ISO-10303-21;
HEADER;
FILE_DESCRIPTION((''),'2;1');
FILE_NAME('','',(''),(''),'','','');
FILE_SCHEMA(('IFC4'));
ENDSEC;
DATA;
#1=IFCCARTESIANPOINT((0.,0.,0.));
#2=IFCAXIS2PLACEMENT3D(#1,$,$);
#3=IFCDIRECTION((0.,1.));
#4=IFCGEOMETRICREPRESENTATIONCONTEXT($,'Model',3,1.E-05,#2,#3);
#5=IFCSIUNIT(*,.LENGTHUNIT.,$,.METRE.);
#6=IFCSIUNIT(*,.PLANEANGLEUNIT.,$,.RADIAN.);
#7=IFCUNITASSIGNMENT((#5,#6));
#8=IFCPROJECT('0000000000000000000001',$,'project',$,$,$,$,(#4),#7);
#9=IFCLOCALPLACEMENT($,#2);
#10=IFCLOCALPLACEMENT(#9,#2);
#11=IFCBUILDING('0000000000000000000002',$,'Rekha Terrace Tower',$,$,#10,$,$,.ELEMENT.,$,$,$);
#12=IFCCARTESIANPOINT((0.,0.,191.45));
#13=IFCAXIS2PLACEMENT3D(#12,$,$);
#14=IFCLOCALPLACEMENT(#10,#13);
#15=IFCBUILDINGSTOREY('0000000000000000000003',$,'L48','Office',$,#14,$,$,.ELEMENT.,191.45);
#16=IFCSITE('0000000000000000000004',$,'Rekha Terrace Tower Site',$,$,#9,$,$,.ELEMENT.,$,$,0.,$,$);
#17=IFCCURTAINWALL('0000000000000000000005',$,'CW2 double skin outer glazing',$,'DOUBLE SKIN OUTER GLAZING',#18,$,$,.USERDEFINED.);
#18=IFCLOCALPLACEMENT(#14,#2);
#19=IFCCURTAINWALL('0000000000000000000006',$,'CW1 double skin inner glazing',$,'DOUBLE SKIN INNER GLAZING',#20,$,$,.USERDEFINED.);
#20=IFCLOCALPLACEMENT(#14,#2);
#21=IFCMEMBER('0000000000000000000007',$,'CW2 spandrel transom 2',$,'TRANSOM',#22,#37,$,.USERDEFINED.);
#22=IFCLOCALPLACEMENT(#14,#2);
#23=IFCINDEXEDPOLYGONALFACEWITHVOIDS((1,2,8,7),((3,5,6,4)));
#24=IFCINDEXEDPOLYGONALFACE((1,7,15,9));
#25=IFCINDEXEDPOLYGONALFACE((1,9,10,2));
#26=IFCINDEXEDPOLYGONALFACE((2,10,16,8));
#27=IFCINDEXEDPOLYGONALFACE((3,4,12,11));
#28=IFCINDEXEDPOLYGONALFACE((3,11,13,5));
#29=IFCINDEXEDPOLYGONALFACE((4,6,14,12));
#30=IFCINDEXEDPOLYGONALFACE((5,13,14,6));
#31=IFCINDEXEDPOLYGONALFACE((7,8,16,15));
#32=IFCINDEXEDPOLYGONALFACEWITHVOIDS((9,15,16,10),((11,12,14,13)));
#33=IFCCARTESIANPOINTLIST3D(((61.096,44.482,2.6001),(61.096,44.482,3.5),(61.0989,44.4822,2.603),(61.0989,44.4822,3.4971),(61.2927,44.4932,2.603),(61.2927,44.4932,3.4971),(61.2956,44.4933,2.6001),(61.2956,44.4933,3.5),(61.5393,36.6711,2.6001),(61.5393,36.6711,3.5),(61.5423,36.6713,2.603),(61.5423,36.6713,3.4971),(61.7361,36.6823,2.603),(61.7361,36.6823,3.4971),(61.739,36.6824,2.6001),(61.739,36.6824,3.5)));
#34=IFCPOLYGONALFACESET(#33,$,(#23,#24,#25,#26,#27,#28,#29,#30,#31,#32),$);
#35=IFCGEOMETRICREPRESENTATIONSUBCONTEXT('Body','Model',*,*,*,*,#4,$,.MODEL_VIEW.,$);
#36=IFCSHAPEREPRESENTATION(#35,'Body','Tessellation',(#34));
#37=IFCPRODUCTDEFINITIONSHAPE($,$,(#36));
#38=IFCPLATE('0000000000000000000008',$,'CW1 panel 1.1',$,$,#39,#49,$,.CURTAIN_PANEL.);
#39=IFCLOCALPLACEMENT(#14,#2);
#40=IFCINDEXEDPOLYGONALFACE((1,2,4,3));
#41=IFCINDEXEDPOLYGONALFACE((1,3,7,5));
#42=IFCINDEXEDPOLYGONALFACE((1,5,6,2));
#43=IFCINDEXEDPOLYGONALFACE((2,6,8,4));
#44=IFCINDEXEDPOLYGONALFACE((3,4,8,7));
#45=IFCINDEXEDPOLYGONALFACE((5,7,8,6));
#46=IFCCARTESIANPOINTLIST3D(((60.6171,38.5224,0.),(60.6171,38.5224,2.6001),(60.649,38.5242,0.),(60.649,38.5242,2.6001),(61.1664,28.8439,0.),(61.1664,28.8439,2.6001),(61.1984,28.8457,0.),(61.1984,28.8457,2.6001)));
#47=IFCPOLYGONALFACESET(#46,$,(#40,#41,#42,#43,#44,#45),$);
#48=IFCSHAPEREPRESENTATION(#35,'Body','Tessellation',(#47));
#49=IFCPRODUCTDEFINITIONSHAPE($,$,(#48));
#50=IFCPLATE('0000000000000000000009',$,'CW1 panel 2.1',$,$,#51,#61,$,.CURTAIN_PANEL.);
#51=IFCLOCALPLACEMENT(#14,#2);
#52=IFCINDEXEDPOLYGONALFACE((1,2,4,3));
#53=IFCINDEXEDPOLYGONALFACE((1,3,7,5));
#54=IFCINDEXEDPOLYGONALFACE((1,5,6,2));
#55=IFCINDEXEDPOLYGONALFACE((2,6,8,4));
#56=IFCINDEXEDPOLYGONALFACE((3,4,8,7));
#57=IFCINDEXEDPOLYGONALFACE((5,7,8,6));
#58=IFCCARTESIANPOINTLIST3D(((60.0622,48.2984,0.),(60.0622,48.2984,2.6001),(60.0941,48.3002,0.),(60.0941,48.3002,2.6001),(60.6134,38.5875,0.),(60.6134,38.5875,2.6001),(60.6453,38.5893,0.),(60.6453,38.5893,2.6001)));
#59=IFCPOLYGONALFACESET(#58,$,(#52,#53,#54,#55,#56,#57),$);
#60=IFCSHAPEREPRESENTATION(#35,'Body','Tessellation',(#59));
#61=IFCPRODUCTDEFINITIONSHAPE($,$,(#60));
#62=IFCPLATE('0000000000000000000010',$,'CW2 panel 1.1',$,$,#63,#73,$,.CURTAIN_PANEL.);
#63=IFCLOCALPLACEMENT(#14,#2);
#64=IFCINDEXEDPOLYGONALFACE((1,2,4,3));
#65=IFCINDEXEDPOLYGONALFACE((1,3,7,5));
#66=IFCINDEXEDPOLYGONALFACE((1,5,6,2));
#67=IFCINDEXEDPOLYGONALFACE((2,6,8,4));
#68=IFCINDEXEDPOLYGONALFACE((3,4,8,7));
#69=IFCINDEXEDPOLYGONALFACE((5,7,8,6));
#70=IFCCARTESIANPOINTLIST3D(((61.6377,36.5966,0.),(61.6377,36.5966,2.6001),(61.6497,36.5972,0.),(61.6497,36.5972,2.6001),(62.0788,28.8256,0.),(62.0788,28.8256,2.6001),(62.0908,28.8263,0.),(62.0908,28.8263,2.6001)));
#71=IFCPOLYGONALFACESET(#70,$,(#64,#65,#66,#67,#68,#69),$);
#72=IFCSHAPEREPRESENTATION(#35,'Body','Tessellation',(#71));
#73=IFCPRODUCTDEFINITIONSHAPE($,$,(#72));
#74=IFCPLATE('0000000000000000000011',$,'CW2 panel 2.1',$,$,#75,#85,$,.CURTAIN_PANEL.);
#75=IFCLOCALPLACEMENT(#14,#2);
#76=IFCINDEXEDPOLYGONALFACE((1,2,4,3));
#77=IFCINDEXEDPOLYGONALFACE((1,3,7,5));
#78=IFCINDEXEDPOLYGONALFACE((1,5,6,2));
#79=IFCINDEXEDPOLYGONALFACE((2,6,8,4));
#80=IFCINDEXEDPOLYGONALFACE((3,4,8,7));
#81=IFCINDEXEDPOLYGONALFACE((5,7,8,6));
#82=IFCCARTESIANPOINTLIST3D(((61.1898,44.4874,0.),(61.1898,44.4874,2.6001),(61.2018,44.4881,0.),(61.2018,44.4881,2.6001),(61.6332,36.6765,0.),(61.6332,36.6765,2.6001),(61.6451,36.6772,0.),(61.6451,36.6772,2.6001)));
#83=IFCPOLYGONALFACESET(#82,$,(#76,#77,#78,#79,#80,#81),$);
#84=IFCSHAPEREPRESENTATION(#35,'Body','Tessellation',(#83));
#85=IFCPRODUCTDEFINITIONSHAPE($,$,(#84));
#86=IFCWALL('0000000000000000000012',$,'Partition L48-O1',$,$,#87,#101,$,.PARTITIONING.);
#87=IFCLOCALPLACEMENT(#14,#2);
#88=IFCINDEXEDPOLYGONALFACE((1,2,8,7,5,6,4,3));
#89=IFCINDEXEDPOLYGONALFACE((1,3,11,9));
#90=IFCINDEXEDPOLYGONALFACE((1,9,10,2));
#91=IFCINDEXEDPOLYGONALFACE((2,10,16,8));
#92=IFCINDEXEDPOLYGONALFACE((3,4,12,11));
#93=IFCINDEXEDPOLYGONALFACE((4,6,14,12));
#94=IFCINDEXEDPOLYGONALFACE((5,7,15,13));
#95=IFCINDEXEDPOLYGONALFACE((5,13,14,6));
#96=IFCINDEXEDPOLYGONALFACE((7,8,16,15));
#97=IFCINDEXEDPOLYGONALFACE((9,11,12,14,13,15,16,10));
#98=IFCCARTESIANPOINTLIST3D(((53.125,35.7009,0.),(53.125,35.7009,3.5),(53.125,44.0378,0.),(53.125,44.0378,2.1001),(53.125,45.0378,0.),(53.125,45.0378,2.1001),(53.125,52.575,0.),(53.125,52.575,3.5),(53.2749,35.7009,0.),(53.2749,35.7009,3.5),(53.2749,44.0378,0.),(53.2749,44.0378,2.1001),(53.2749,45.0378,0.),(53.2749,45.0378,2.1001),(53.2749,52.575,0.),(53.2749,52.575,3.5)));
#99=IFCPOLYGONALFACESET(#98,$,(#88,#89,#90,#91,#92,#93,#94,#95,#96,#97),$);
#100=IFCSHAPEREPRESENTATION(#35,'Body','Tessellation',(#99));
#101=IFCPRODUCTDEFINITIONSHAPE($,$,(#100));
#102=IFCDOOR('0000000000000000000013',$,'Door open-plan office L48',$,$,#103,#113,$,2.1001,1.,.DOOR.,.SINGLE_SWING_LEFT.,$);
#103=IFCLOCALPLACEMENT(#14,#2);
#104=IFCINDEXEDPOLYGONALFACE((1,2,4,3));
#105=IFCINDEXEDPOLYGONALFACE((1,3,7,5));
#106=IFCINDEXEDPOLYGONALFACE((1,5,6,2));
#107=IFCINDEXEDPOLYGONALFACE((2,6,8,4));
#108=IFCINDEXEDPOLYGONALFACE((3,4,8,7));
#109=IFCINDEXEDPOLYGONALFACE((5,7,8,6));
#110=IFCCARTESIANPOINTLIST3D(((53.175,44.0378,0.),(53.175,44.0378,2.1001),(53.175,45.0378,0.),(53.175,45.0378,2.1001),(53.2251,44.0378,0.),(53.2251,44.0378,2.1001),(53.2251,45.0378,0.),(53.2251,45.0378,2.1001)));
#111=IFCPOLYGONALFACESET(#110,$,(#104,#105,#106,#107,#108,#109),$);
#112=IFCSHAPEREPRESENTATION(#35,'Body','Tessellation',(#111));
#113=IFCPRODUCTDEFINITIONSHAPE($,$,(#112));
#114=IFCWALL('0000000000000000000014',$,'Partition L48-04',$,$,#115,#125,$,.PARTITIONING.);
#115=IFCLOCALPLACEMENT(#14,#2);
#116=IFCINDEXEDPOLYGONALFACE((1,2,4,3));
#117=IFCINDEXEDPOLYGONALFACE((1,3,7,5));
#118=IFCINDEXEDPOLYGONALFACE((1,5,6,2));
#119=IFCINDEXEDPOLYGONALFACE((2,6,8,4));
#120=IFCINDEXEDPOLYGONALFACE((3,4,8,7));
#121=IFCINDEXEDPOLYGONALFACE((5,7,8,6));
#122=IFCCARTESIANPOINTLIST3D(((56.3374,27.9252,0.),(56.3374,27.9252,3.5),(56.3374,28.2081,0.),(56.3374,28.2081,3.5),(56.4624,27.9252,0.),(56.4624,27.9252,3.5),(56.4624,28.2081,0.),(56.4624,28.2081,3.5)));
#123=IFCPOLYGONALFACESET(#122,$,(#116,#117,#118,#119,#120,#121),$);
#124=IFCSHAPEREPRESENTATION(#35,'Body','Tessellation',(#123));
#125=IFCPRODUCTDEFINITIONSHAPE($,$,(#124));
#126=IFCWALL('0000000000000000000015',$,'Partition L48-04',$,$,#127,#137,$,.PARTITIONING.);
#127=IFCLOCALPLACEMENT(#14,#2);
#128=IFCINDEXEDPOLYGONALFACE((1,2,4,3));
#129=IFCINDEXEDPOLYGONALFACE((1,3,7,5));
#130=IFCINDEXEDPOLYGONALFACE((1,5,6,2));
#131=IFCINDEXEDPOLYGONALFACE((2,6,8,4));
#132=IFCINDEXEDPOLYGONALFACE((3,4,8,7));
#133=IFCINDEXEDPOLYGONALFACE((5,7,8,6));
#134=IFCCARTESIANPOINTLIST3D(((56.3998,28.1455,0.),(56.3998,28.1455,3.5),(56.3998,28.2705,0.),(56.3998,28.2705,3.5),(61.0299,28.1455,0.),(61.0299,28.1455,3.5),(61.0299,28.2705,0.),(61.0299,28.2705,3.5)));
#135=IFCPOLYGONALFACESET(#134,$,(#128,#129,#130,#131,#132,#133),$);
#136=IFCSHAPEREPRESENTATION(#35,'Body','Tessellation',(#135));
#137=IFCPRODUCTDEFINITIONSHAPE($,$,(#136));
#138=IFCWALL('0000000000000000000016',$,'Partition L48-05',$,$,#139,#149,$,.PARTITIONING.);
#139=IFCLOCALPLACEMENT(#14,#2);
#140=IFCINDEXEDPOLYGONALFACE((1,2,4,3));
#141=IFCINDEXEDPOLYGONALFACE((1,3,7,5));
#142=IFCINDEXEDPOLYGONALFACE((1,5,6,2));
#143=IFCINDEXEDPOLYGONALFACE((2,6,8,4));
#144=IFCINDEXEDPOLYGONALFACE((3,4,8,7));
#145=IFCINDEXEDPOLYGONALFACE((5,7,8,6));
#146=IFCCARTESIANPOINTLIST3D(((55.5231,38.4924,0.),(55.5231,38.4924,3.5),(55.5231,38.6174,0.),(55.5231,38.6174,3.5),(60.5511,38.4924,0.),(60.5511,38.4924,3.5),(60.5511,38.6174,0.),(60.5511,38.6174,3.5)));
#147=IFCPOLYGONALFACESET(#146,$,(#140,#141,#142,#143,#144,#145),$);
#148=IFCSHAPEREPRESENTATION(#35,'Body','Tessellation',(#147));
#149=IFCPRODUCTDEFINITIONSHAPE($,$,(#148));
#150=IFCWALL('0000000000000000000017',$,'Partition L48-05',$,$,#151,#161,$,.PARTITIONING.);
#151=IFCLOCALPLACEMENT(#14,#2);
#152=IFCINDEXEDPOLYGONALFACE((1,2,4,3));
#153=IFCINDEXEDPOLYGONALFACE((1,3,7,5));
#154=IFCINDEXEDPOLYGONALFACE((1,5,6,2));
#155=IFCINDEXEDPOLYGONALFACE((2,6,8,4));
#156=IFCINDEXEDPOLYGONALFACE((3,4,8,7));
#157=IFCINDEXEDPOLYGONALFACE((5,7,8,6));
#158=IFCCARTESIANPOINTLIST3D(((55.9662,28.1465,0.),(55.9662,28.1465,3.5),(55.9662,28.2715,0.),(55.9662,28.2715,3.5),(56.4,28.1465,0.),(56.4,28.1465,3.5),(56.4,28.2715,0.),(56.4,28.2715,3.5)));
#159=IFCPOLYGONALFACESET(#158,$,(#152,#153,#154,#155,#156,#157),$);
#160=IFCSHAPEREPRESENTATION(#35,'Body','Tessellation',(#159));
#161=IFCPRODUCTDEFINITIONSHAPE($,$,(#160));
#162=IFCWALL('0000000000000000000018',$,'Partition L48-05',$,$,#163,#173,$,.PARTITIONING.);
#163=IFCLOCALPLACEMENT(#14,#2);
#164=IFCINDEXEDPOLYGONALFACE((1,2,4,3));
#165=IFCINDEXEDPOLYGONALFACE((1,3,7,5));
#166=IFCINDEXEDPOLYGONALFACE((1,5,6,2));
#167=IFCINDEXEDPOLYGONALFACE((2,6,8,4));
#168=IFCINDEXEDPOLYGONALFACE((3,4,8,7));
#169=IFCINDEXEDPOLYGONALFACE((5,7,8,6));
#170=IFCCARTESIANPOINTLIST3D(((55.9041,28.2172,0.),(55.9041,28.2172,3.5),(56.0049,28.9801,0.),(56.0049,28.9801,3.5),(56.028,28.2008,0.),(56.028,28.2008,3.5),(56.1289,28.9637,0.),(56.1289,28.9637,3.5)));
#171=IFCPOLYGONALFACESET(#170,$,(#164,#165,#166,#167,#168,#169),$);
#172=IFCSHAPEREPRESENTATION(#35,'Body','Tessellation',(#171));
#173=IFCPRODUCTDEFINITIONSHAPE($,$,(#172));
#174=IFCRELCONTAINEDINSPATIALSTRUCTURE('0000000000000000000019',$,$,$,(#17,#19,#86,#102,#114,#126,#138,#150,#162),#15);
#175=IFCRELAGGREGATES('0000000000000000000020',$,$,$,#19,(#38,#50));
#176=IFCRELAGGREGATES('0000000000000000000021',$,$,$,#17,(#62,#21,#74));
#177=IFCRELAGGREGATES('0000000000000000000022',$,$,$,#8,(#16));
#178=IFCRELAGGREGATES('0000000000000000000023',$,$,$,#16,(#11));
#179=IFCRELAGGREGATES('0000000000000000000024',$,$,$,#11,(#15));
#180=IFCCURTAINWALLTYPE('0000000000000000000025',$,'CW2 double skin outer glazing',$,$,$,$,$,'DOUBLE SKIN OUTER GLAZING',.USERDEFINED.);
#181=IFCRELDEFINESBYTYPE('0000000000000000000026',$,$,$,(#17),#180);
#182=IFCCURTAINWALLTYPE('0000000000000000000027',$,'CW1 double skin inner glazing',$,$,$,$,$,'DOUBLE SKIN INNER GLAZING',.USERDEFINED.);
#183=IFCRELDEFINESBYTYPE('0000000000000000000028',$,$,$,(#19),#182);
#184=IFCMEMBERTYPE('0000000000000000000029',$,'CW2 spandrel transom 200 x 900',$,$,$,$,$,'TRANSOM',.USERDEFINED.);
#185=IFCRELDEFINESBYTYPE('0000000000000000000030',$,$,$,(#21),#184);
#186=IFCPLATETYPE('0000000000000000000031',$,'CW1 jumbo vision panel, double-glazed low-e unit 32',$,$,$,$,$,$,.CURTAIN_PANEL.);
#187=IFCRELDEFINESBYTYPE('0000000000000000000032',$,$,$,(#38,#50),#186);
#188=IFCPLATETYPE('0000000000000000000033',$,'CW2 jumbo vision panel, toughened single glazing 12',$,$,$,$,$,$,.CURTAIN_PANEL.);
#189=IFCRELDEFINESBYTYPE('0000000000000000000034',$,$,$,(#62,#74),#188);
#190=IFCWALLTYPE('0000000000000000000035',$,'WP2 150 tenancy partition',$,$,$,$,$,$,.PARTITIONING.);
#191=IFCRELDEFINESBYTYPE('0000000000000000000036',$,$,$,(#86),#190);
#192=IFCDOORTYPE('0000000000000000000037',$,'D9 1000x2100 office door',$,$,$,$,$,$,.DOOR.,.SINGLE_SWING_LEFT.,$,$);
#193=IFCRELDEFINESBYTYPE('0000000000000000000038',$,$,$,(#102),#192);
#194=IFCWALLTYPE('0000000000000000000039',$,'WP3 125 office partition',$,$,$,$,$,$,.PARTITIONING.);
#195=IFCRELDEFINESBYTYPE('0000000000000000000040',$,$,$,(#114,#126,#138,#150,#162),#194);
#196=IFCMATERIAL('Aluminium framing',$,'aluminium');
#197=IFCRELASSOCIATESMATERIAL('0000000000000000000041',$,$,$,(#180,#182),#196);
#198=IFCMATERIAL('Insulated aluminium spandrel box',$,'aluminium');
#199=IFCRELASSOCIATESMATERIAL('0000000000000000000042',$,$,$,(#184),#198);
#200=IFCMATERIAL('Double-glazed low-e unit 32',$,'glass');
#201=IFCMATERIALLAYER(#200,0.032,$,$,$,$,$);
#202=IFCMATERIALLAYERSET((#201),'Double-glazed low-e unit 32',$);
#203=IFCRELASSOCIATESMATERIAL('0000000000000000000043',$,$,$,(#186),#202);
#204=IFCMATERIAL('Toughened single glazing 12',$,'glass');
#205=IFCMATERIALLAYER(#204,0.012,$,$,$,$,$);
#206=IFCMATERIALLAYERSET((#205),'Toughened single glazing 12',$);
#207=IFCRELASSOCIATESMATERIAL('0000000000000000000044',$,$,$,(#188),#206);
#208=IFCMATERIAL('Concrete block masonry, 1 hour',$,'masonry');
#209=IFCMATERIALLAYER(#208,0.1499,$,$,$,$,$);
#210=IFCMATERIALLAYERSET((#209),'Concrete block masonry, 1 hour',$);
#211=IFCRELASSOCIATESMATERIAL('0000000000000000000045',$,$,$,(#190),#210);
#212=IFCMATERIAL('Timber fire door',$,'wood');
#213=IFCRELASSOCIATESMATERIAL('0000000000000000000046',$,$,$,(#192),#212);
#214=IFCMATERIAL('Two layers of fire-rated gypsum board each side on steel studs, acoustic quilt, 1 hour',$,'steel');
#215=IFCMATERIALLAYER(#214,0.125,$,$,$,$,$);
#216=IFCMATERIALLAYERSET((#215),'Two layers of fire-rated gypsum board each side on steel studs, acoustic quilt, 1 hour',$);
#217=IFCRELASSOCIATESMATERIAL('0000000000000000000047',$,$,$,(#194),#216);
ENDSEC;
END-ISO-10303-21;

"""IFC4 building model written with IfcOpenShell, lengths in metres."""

from ifc_helpers import new_model, si_unit, direction, frame, frame_2d, origin, origin_2d, place, context, subcontext, project, spatial, rectangle, hollow_rectangle, extrude, material, layer, layer_set, material_profile, profile_set, type_object, element, fill, aggregate, save


model = new_model("IFC4")

# Units and contexts
model_context = context("Model", 3, precision=1e-05, world=origin(), true_north=direction((0.0, 1.0)))
body_context = subcontext(model_context, "Body", "Model", "MODEL_VIEW")
ifc_project = project(units=[si_unit("LENGTHUNIT", "METRE"), si_unit("PLANEANGLEUNIT", "RADIAN")], contexts=[model_context])

# Site, building, storey
site_placement = place(None, origin())
site = spatial("IfcSite", under=ifc_project, at=site_placement, Name="Rekha Terrace Tower Site", CompositionType="ELEMENT", RefElevation=0.0)
building_placement = place(site_placement, origin())
building = spatial("IfcBuilding", under=site, at=building_placement, Name="Rekha Terrace Tower", CompositionType="ELEMENT")
storey_placement = place(building_placement, frame((0.0, 0.0, 191.45)))
storey = spatial("IfcBuildingStorey", under=building, at=storey_placement, Name="L48", Description="Office", CompositionType="ELEMENT", Elevation=191.45)

# Curtain wall
ifc_material_1 = material(Name="Aluminium framing", Category="aluminium")
curtain_wall_type_1 = type_object("IfcCurtainWallType", Name="CW2 double skin outer glazing", ElementType="DOUBLE SKIN OUTER GLAZING", PredefinedType="USERDEFINED", material=ifc_material_1)
curtain_wall_1_placement = place(storey_placement, origin())
curtain_wall_1 = element("IfcCurtainWall", 1, at=curtain_wall_1_placement, inside=storey, type_object=curtain_wall_type_1, Name="CW2 double skin outer glazing", ObjectType="DOUBLE SKIN OUTER GLAZING", PredefinedType="USERDEFINED")

# Curtain wall
curtain_wall_type_2 = type_object("IfcCurtainWallType", Name="CW1 double skin inner glazing", ElementType="DOUBLE SKIN INNER GLAZING", PredefinedType="USERDEFINED", material=ifc_material_1)
curtain_wall_2_placement = place(storey_placement, origin())
curtain_wall_2 = element("IfcCurtainWall", 2, at=curtain_wall_2_placement, inside=storey, type_object=curtain_wall_type_2, Name="CW1 double skin inner glazing", ObjectType="DOUBLE SKIN INNER GLAZING", PredefinedType="USERDEFINED")
ifc_material_2 = material(Name="Insulated aluminium spandrel box", Category="aluminium")

# Member
ifc_material_profile_1 = material_profile(ifc_material_2, hollow_rectangle(XDim=0.2, YDim=0.8999, WallThickness=0.0029, at=origin_2d()), Name="AL SPANDREL BOX 200x900")
ifc_profile_set_1 = profile_set([ifc_material_profile_1], Name="Insulated aluminium spandrel box")
member_type_1 = type_object("IfcMemberType", Name="CW2 spandrel transom 200 x 900", ElementType="TRANSOM", PredefinedType="USERDEFINED", material=ifc_profile_set_1)
member_1_placement = place(storey_placement, frame((61.6392, 36.6768, 3.05), z_axis=(-0.056669, 0.998393, 0.0), x_axis=(-0.998393, -0.056669, 0.0)))
member_1 = element("IfcMember", 3, at=member_1_placement, type_object=member_type_1, Name="CW2 spandrel transom 2", ObjectType="TRANSOM", PredefinedType="USERDEFINED", context=body_context, shape_type="SweptSolid", body=[
    extrude(hollow_rectangle(XDim=0.2, YDim=0.8999, WallThickness=0.0029, at=origin_2d()), origin(), (0.0, 0.0, 1.0), 7.8235),
])

# Plates
ifc_material_3 = material(Name="Double-glazed low-e unit 32", Category="glass")
ifc_layer_1 = layer(ifc_material_3, 0.032)
ifc_layer_set_1 = layer_set([ifc_layer_1], Name="Double-glazed low-e unit 32")
plate_type_1 = type_object("IfcPlateType", Name="CW1 jumbo vision panel, double-glazed low-e unit 32", PredefinedType="CURTAIN_PANEL", material=ifc_layer_set_1)
plate_1_placement = place(storey_placement, frame((60.9077, 33.6841, 0.0), z_axis=(0.0, 0.0, 1.0), x_axis=(-0.056673, 0.998393, 0.0)))
plate_1 = element("IfcPlate", 4, at=plate_1_placement, type_object=plate_type_1, Name="CW1 panel 1.1", PredefinedType="CURTAIN_PANEL", context=body_context, shape_type="SweptSolid", body=[
    extrude(rectangle(XDim=9.6941, YDim=0.032, at=origin_2d()), origin(), (0.0, 0.0, 1.0), 2.6001),
])
plate_2_placement = place(storey_placement, frame((60.3538, 43.4438, 0.0), z_axis=(0.0, 0.0, 1.0), x_axis=(-0.056673, 0.998393, 0.0)))
plate_2 = element("IfcPlate", 5, at=plate_2_placement, type_object=plate_type_1, Name="CW1 panel 2.1", PredefinedType="CURTAIN_PANEL", context=body_context, shape_type="SweptSolid", body=[
    extrude(rectangle(XDim=9.7266, YDim=0.032, at=origin_2d()), origin(), (0.0, 0.0, 1.0), 2.6001),
])
aggregate(curtain_wall_2, [plate_1, plate_2])
ifc_material_4 = material(Name="Toughened single glazing 12", Category="glass")
ifc_layer_2 = layer(ifc_material_4, 0.012)
ifc_layer_set_2 = layer_set([ifc_layer_2], Name="Toughened single glazing 12")
plate_type_2 = type_object("IfcPlateType", Name="CW2 jumbo vision panel, toughened single glazing 12", PredefinedType="CURTAIN_PANEL", material=ifc_layer_set_2)
plate_3_placement = place(storey_placement, frame((61.8643, 32.7114, 0.0), z_axis=(0.0, 0.0, 1.0), x_axis=(-0.056673, 0.998393, 0.0)))
plate_3 = element("IfcPlate", 6, at=plate_3_placement, type_object=plate_type_2, Name="CW2 panel 1.1", PredefinedType="CURTAIN_PANEL", context=body_context, shape_type="SweptSolid", body=[
    extrude(rectangle(XDim=7.7834, YDim=0.012, at=origin_2d()), origin(), (0.0, 0.0, 1.0), 2.6001),
])
plate_4_placement = place(storey_placement, frame((61.4175, 40.5823, 0.0), z_axis=(0.0, 0.0, 1.0), x_axis=(-0.056673, 0.998393, 0.0)))
plate_4 = element("IfcPlate", 7, at=plate_4_placement, type_object=plate_type_2, Name="CW2 panel 2.1", PredefinedType="CURTAIN_PANEL", context=body_context, shape_type="SweptSolid", body=[
    extrude(rectangle(XDim=7.8235, YDim=0.012, at=origin_2d()), origin(), (0.0, 0.0, 1.0), 2.6001),
])
aggregate(curtain_wall_1, [plate_3, member_1, plate_4])

# Wall, opening, door
ifc_material_5 = material(Name="Concrete block masonry, 1 hour", Category="masonry")
ifc_layer_3 = layer(ifc_material_5, 0.1499)
ifc_layer_set_3 = layer_set([ifc_layer_3], Name="Concrete block masonry, 1 hour")
wall_type_1 = type_object("IfcWallType", Name="WP2 150 tenancy partition", PredefinedType="PARTITIONING", material=ifc_layer_set_3)
wall_1_placement = place(storey_placement, frame((53.2, 35.7009, 0.0), z_axis=(0.0, 0.0, 1.0), x_axis=(0.0, 1.0, 0.0)))
wall_1 = element("IfcWall", 8, at=wall_1_placement, inside=storey, type_object=wall_type_1, Name="Partition L48-O1", PredefinedType="PARTITIONING", context=body_context, shape_type="SweptSolid", body=[
    extrude(rectangle(XDim=16.874, YDim=0.1499, at=frame_2d((8.437, 0.0))), origin(), (0.0, 0.0, 1.0), 3.5),
])
opening_1_placement = place(wall_1_placement, frame((8.3369, 0.0, 0.0)))
opening_1 = element("IfcOpeningElement", 9, at=opening_1_placement, cuts=wall_1, PredefinedType="OPENING", context=body_context, shape_type="SweptSolid", body=[
    extrude(rectangle(XDim=1.0, YDim=2.1001, at=frame_2d((0.5, 1.05))), frame((0.0, 0.085, 0.0), z_axis=(0.0, -1.0, 0.0), x_axis=(1.0, 0.0, 0.0)), (0.0, 0.0, 1.0), 0.1699),
])
ifc_material_6 = material(Name="Timber fire door", Category="wood")
door_type = type_object("IfcDoorType", Name="D9 1000x2100 office door", OperationType="SINGLE_SWING_LEFT", PredefinedType="DOOR", material=ifc_material_6)
door_1_placement = place(opening_1_placement, origin())
door_1 = element("IfcDoor", 10, at=door_1_placement, inside=storey, type_object=door_type, Name="Door open-plan office L48", OperationType="SINGLE_SWING_LEFT", OverallHeight=2.1001, OverallWidth=1.0, PredefinedType="DOOR", context=body_context, shape_type="SweptSolid", body=[
    extrude(rectangle(XDim=1.0, YDim=2.1001, at=frame_2d((0.5, 1.05))), frame((0.0, 0.0249, 0.0), z_axis=(0.0, -1.0, 0.0), x_axis=(1.0, 0.0, 0.0)), (0.0, 0.0, 1.0), 0.05),
])
fill(opening_1, door_1)

# Walls
ifc_material_7 = material(Name="Two layers of fire-rated gypsum board each side on steel studs, acoustic quilt, 1 hour", Category="steel")
ifc_layer_4 = layer(ifc_material_7, 0.125)
ifc_layer_set_4 = layer_set([ifc_layer_4], Name="Two layers of fire-rated gypsum board each side on steel studs, acoustic quilt, 1 hour")
wall_type_2 = type_object("IfcWallType", Name="WP3 125 office partition", PredefinedType="PARTITIONING", material=ifc_layer_set_4)
wall_2_placement = place(storey_placement, frame((56.3999, 27.925, 0.0), z_axis=(0.0, 0.0, 1.0), x_axis=(0.0, 1.0, 0.0)))
element("IfcWall", 11, at=wall_2_placement, inside=storey, type_object=wall_type_2, Name="Partition L48-04", PredefinedType="PARTITIONING", context=body_context, shape_type="SweptSolid", body=[
    extrude(rectangle(XDim=0.283, YDim=0.125, at=frame_2d((0.1416, 0.0))), origin(), (0.0, 0.0, 1.0), 3.5),
])
wall_3_placement = place(storey_placement, frame((56.3999, 28.208, 0.0), z_axis=(0.0, 0.0, 1.0), x_axis=(1.0, 0.0, 0.0)))
element("IfcWall", 12, at=wall_3_placement, inside=storey, type_object=wall_type_2, Name="Partition L48-04", PredefinedType="PARTITIONING", context=body_context, shape_type="SweptSolid", body=[
    extrude(rectangle(XDim=4.6301, YDim=0.125, at=frame_2d((2.3149, 0.0))), origin(), (0.0, 0.0, 1.0), 3.5),
])
wall_4_placement = place(storey_placement, frame((55.5229, 38.5549, 0.0), z_axis=(0.0, 0.0, 1.0), x_axis=(1.0, 0.0, 0.0)))
element("IfcWall", 13, at=wall_4_placement, inside=storey, type_object=wall_type_2, Name="Partition L48-05", PredefinedType="PARTITIONING", context=body_context, shape_type="SweptSolid", body=[
    extrude(rectangle(XDim=5.0281, YDim=0.125, at=frame_2d((2.5142, 0.0))), origin(), (0.0, 0.0, 1.0), 3.5),
])
wall_5_placement = place(storey_placement, frame((56.3999, 28.209, 0.0), z_axis=(0.0, 0.0, 1.0), x_axis=(-1.0, 0.0, 0.0)))
element("IfcWall", 14, at=wall_5_placement, inside=storey, type_object=wall_type_2, Name="Partition L48-05", PredefinedType="PARTITIONING", context=body_context, shape_type="SweptSolid", body=[
    extrude(rectangle(XDim=0.4338, YDim=0.125, at=frame_2d((0.2168, 0.0))), origin(), (0.0, 0.0, 1.0), 3.5),
])
wall_6_placement = place(storey_placement, frame((55.9661, 28.209, 0.0), z_axis=(0.0, 0.0, 1.0), x_axis=(0.131021, 0.99138, 0.0)))
element("IfcWall", 15, at=wall_6_placement, inside=storey, type_object=wall_type_2, Name="Partition L48-05", PredefinedType="PARTITIONING", context=body_context, shape_type="SweptSolid", body=[
    extrude(rectangle(XDim=0.7695, YDim=0.125, at=frame_2d((0.3848, 0.0))), origin(), (0.0, 0.0, 1.0), 3.5),
])

save(model, "model.ifc")
